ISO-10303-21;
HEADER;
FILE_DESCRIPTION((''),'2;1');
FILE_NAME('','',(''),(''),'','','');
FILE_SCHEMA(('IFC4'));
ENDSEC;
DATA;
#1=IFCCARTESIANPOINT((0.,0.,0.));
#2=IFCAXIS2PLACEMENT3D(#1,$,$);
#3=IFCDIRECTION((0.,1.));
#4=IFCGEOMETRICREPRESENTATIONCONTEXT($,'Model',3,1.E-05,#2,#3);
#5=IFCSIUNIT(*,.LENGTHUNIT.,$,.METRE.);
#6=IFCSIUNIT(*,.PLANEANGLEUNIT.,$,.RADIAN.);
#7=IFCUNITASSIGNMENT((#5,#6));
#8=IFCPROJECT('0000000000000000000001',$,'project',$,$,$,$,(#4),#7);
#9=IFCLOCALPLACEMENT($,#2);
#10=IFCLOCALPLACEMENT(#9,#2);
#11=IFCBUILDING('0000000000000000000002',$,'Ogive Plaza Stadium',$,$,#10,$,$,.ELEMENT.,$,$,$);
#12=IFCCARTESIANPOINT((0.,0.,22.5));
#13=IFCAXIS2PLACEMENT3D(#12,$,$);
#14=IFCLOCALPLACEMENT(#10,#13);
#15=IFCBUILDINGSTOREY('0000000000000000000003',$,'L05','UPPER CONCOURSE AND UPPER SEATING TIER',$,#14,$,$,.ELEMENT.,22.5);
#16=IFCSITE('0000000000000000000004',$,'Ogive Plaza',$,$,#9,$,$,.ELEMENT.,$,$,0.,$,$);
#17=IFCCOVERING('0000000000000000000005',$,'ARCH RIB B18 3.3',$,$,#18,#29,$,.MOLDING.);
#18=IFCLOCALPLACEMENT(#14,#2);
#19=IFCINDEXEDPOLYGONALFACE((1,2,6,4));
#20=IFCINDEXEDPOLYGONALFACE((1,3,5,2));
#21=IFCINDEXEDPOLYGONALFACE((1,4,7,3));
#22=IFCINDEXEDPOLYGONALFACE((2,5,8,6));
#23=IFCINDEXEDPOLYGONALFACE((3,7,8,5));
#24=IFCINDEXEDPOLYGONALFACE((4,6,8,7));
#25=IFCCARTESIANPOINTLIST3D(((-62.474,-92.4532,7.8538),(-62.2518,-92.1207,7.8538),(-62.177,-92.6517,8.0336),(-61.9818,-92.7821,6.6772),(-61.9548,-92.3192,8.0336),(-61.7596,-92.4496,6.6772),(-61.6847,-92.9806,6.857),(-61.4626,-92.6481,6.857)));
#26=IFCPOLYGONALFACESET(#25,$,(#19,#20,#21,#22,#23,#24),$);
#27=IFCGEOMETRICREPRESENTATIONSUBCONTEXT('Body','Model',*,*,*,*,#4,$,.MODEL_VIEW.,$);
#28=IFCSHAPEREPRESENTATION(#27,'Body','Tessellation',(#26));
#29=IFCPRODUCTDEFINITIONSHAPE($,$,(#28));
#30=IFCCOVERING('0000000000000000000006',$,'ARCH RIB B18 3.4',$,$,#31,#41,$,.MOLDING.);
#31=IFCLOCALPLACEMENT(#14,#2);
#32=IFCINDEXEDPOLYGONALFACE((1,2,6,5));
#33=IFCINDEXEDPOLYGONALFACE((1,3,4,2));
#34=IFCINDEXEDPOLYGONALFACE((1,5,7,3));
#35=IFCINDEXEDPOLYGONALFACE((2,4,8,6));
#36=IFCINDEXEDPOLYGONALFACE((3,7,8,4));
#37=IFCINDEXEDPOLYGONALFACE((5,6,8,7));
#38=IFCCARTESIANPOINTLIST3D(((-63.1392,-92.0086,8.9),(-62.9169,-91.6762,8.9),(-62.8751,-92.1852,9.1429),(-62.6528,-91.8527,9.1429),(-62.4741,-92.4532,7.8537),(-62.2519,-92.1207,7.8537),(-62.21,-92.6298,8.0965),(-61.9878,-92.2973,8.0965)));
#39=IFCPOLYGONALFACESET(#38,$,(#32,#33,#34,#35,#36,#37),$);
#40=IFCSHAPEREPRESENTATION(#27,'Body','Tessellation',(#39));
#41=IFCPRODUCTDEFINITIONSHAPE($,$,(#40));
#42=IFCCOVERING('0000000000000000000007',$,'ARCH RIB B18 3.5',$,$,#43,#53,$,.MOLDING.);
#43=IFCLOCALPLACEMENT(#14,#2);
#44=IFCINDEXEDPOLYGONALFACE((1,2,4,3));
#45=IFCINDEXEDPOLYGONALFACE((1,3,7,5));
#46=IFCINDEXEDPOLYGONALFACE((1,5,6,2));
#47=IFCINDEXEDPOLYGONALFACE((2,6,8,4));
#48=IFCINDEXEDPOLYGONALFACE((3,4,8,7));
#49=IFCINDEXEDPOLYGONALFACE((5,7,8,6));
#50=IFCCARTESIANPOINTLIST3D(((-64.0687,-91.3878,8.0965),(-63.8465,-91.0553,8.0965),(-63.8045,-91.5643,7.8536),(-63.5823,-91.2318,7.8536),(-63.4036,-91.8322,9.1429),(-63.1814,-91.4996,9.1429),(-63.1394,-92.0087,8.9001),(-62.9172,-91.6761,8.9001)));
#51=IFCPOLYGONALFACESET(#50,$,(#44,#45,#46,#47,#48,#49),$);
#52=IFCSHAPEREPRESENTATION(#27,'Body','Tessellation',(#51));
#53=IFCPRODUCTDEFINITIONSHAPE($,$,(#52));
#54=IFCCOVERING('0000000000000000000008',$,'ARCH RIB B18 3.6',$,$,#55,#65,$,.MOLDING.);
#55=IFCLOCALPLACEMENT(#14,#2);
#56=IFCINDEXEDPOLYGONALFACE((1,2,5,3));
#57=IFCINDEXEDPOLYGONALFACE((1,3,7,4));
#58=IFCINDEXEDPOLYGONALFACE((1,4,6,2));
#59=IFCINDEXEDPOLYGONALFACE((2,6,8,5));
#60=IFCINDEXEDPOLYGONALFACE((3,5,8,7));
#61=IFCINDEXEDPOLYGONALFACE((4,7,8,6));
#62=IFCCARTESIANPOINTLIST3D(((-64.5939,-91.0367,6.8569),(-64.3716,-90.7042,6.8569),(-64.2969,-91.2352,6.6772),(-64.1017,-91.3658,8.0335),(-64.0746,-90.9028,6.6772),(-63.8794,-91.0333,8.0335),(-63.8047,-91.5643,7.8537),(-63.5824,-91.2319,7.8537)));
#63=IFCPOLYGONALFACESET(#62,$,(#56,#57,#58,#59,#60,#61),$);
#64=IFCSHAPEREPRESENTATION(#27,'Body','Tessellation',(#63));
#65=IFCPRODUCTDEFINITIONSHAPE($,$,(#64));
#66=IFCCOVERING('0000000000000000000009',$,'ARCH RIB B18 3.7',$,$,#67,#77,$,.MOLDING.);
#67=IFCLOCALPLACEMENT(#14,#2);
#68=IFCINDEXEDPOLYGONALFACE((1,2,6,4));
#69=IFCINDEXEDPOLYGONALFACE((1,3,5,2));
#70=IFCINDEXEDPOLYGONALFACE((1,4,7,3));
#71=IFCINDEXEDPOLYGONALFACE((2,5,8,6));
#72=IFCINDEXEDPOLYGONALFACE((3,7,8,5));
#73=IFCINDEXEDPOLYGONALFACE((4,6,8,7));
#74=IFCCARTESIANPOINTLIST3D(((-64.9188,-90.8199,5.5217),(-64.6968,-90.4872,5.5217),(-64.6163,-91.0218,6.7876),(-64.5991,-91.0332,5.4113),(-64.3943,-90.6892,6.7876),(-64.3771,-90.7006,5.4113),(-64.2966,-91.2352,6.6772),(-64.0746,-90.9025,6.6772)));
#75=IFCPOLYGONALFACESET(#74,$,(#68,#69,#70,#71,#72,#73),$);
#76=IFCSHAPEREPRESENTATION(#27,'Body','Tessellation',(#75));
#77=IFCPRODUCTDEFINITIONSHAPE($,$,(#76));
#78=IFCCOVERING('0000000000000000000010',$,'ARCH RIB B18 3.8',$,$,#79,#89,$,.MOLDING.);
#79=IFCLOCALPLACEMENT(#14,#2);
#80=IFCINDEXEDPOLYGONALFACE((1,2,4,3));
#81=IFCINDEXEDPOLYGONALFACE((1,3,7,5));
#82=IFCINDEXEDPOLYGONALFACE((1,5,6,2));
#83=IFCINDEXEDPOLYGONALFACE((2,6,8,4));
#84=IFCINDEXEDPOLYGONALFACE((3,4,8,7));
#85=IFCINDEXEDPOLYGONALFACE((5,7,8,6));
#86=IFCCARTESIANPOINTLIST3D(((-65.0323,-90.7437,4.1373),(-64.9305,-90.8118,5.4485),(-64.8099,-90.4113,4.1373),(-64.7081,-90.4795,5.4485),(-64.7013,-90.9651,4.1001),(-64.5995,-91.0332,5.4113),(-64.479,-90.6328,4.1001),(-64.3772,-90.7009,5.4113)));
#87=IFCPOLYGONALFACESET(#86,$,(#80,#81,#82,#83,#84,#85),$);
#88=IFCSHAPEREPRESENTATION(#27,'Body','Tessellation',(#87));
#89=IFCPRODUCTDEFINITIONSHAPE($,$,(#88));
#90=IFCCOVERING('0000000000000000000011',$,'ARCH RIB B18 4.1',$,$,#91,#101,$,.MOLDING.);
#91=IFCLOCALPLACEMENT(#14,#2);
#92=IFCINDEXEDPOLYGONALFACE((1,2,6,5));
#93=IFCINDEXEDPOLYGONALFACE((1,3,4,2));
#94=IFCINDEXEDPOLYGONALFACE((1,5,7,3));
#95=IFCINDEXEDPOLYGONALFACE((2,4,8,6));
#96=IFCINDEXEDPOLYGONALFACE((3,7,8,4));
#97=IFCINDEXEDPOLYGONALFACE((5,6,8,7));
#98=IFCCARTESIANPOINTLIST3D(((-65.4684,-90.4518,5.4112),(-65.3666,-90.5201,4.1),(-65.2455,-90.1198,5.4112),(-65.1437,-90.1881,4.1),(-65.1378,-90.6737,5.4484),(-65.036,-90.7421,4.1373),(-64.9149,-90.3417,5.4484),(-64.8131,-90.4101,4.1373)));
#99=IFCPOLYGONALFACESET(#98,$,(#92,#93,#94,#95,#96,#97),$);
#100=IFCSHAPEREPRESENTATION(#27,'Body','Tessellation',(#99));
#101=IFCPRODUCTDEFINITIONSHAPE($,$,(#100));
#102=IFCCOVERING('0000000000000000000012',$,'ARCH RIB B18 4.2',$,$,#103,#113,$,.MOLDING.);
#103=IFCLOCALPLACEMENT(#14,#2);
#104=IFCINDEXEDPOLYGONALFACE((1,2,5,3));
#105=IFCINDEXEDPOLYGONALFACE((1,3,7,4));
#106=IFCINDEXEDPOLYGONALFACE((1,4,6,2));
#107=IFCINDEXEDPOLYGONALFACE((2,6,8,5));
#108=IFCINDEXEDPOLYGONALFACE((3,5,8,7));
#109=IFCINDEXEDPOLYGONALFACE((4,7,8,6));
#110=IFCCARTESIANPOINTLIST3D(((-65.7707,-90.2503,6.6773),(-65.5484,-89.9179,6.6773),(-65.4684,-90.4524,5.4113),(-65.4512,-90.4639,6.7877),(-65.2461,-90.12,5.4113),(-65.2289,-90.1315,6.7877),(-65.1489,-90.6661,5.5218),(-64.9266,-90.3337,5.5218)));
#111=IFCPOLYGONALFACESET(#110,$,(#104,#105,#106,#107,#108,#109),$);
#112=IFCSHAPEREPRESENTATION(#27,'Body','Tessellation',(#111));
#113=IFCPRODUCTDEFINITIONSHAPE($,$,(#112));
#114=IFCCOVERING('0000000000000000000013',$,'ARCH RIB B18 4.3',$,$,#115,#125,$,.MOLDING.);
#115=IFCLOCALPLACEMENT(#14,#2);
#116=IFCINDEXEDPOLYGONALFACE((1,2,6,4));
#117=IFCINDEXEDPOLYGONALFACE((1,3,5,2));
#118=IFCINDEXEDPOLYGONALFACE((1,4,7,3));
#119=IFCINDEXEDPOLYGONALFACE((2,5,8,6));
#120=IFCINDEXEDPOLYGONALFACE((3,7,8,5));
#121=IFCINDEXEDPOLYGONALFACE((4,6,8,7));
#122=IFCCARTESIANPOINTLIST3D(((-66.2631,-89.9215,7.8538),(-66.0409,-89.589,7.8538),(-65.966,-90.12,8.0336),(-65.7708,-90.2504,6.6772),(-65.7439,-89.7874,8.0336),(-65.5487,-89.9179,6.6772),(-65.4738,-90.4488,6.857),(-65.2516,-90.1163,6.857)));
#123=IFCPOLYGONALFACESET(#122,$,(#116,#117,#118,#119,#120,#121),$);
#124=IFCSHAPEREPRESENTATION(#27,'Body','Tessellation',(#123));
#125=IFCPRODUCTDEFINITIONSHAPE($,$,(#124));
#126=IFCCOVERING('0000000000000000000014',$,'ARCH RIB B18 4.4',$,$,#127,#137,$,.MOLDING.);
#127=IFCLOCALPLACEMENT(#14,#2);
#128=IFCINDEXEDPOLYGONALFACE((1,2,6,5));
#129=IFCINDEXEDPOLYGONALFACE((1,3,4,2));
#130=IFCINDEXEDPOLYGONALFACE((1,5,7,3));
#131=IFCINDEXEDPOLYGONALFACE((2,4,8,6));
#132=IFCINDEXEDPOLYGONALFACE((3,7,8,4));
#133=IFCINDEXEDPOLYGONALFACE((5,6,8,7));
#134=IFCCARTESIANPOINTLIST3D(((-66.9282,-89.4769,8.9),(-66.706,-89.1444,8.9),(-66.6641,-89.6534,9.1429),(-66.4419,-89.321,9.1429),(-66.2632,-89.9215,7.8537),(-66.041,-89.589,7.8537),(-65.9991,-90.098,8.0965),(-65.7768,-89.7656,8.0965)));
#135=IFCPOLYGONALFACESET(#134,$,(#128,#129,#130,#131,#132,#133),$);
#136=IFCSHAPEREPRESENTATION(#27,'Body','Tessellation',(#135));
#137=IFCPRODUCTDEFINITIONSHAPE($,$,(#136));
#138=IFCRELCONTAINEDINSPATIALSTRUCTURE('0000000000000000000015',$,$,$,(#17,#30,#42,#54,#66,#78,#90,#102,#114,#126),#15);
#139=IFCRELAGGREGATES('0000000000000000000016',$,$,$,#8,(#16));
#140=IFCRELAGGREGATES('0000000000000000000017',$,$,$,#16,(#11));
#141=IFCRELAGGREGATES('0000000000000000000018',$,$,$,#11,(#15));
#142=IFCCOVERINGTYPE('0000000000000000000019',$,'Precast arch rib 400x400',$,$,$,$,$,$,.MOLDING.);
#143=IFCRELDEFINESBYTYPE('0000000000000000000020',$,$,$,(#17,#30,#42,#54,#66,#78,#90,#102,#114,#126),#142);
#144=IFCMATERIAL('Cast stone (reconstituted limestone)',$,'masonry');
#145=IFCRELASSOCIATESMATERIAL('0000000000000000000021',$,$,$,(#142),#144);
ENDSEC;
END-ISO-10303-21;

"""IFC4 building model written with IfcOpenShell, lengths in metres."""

from ifc_helpers import new_model, si_unit, direction, frame, origin, origin_2d, place, context, subcontext, project, spatial, rectangle, extrude, material, material_profile, profile_set, type_object, element, save


model = new_model("IFC4")

# Units and contexts
model_context = context("Model", 3, precision=1e-05, world=origin(), true_north=direction((0.0, 1.0)))
body_context = subcontext(model_context, "Body", "Model", "MODEL_VIEW")
ifc_project = project(units=[si_unit("LENGTHUNIT", "METRE"), si_unit("PLANEANGLEUNIT", "RADIAN")], contexts=[model_context])

# Site, building, storey
site_placement = place(None, origin())
site = spatial("IfcSite", under=ifc_project, at=site_placement, Name="Ogive Plaza", CompositionType="ELEMENT", RefElevation=0.0)
building_placement = place(site_placement, origin())
building = spatial("IfcBuilding", under=site, at=building_placement, Name="Ogive Plaza Stadium", CompositionType="ELEMENT")
storey_placement = place(building_placement, frame((0.0, 0.0, 22.5)))
storey = spatial("IfcBuildingStorey", under=building, at=storey_placement, Name="L05", Description="UPPER CONCOURSE AND UPPER SEATING TIER", CompositionType="ELEMENT", Elevation=22.5)

# Coverings
ifc_material_1 = material(Name="Cast stone (reconstituted limestone)", Category="masonry")
ifc_material_profile_1 = material_profile(ifc_material_1, rectangle(XDim=0.3999, YDim=0.3999, at=origin_2d()), Name="Cast stone 400x400")
ifc_profile_set_1 = profile_set([ifc_material_profile_1], Name="Cast stone (reconstituted limestone)")
covering_type_1 = type_object("IfcCoveringType", Name="Precast arch rib 400x400", PredefinedType="MOLDING", material=ifc_profile_set_1)
for number, where, z_axis, x_axis, name in (
    (1, (-61.7222, -92.7151, 6.7671), (-0.373709, 0.249695, 0.893305), (-0.555557, -0.831479, 0.0), "ARCH RIB B18 3.3"),
    (2, (-62.231, -92.3752, 7.9751), (-0.504912, 0.337535, 0.794439), (-0.555756, -0.831345, 0.0), "ARCH RIB B18 3.4"),
    (3, (-63.1604, -91.7542, 9.0215), (-0.504944, 0.337371, -0.794489), (-0.555545, -0.831486, 0.0), "ARCH RIB B18 3.5"),
    (4, (-63.842, -91.2988, 7.9436), (-0.373692, 0.249869, -0.893264), (-0.555842, -0.831288, 0.0), "ARCH RIB B18 3.6"),
    (5, (-64.3455, -90.9622, 6.7324), (-0.229668, 0.153297, -0.96112), (-0.555165, -0.83174, 0.0), "ARCH RIB B18 3.7"),
):
    element("IfcCovering", number, at=place(storey_placement, frame(where, z_axis=z_axis, x_axis=x_axis)), inside=storey, type_object=covering_type_1, Name=name, PredefinedType="MOLDING", context=body_context, shape_type="SweptSolid", body=[
        extrude(rectangle(XDim=0.3999, YDim=0.3999, at=origin_2d()), origin(), (0.0, 0.0, 1.0), 1.3171),
    ])
for number, where, z_axis, x_axis, name in (
    (6, (-64.6538, -90.7563, 5.4299), (-0.077303, 0.05172, -0.995665), (-0.556079, -0.831129, 0.0), "ARCH RIB B18 3.8"),
    (7, (-65.0898, -90.4651, 4.1187), (-0.077302, 0.051905, 0.995656), (-0.557454, -0.830208, 0.0), "ARCH RIB B18 4.1"),
):
    element("IfcCovering", number, at=place(storey_placement, frame(where, z_axis=z_axis, x_axis=x_axis)), inside=storey, type_object=covering_type_1, Name=name, PredefinedType="MOLDING", context=body_context, shape_type="SweptSolid", body=[
        extrude(rectangle(XDim=0.3999, YDim=0.3999, at=origin_2d()), origin(), (0.0, 0.0, 1.0), 1.3169),
    ])
for number, where, z_axis, x_axis, name in (
    (8, (-65.1975, -90.3931, 5.4666), (-0.229486, 0.153485, 0.961134), (-0.555939, -0.831223, 0.0), "ARCH RIB B18 4.2"),
    (9, (-65.5112, -90.1833, 6.7671), (-0.373709, 0.249695, 0.893305), (-0.555557, -0.831479, 0.0), "ARCH RIB B18 4.3"),
    (10, (-66.02, -89.8435, 7.9751), (-0.504912, 0.337535, 0.794439), (-0.555756, -0.831345, 0.0), "ARCH RIB B18 4.4"),
):
    element("IfcCovering", number, at=place(storey_placement, frame(where, z_axis=z_axis, x_axis=x_axis)), inside=storey, type_object=covering_type_1, Name=name, PredefinedType="MOLDING", context=body_context, shape_type="SweptSolid", body=[
        extrude(rectangle(XDim=0.3999, YDim=0.3999, at=origin_2d()), origin(), (0.0, 0.0, 1.0), 1.3171),
    ])

save(model, "model.ifc")
